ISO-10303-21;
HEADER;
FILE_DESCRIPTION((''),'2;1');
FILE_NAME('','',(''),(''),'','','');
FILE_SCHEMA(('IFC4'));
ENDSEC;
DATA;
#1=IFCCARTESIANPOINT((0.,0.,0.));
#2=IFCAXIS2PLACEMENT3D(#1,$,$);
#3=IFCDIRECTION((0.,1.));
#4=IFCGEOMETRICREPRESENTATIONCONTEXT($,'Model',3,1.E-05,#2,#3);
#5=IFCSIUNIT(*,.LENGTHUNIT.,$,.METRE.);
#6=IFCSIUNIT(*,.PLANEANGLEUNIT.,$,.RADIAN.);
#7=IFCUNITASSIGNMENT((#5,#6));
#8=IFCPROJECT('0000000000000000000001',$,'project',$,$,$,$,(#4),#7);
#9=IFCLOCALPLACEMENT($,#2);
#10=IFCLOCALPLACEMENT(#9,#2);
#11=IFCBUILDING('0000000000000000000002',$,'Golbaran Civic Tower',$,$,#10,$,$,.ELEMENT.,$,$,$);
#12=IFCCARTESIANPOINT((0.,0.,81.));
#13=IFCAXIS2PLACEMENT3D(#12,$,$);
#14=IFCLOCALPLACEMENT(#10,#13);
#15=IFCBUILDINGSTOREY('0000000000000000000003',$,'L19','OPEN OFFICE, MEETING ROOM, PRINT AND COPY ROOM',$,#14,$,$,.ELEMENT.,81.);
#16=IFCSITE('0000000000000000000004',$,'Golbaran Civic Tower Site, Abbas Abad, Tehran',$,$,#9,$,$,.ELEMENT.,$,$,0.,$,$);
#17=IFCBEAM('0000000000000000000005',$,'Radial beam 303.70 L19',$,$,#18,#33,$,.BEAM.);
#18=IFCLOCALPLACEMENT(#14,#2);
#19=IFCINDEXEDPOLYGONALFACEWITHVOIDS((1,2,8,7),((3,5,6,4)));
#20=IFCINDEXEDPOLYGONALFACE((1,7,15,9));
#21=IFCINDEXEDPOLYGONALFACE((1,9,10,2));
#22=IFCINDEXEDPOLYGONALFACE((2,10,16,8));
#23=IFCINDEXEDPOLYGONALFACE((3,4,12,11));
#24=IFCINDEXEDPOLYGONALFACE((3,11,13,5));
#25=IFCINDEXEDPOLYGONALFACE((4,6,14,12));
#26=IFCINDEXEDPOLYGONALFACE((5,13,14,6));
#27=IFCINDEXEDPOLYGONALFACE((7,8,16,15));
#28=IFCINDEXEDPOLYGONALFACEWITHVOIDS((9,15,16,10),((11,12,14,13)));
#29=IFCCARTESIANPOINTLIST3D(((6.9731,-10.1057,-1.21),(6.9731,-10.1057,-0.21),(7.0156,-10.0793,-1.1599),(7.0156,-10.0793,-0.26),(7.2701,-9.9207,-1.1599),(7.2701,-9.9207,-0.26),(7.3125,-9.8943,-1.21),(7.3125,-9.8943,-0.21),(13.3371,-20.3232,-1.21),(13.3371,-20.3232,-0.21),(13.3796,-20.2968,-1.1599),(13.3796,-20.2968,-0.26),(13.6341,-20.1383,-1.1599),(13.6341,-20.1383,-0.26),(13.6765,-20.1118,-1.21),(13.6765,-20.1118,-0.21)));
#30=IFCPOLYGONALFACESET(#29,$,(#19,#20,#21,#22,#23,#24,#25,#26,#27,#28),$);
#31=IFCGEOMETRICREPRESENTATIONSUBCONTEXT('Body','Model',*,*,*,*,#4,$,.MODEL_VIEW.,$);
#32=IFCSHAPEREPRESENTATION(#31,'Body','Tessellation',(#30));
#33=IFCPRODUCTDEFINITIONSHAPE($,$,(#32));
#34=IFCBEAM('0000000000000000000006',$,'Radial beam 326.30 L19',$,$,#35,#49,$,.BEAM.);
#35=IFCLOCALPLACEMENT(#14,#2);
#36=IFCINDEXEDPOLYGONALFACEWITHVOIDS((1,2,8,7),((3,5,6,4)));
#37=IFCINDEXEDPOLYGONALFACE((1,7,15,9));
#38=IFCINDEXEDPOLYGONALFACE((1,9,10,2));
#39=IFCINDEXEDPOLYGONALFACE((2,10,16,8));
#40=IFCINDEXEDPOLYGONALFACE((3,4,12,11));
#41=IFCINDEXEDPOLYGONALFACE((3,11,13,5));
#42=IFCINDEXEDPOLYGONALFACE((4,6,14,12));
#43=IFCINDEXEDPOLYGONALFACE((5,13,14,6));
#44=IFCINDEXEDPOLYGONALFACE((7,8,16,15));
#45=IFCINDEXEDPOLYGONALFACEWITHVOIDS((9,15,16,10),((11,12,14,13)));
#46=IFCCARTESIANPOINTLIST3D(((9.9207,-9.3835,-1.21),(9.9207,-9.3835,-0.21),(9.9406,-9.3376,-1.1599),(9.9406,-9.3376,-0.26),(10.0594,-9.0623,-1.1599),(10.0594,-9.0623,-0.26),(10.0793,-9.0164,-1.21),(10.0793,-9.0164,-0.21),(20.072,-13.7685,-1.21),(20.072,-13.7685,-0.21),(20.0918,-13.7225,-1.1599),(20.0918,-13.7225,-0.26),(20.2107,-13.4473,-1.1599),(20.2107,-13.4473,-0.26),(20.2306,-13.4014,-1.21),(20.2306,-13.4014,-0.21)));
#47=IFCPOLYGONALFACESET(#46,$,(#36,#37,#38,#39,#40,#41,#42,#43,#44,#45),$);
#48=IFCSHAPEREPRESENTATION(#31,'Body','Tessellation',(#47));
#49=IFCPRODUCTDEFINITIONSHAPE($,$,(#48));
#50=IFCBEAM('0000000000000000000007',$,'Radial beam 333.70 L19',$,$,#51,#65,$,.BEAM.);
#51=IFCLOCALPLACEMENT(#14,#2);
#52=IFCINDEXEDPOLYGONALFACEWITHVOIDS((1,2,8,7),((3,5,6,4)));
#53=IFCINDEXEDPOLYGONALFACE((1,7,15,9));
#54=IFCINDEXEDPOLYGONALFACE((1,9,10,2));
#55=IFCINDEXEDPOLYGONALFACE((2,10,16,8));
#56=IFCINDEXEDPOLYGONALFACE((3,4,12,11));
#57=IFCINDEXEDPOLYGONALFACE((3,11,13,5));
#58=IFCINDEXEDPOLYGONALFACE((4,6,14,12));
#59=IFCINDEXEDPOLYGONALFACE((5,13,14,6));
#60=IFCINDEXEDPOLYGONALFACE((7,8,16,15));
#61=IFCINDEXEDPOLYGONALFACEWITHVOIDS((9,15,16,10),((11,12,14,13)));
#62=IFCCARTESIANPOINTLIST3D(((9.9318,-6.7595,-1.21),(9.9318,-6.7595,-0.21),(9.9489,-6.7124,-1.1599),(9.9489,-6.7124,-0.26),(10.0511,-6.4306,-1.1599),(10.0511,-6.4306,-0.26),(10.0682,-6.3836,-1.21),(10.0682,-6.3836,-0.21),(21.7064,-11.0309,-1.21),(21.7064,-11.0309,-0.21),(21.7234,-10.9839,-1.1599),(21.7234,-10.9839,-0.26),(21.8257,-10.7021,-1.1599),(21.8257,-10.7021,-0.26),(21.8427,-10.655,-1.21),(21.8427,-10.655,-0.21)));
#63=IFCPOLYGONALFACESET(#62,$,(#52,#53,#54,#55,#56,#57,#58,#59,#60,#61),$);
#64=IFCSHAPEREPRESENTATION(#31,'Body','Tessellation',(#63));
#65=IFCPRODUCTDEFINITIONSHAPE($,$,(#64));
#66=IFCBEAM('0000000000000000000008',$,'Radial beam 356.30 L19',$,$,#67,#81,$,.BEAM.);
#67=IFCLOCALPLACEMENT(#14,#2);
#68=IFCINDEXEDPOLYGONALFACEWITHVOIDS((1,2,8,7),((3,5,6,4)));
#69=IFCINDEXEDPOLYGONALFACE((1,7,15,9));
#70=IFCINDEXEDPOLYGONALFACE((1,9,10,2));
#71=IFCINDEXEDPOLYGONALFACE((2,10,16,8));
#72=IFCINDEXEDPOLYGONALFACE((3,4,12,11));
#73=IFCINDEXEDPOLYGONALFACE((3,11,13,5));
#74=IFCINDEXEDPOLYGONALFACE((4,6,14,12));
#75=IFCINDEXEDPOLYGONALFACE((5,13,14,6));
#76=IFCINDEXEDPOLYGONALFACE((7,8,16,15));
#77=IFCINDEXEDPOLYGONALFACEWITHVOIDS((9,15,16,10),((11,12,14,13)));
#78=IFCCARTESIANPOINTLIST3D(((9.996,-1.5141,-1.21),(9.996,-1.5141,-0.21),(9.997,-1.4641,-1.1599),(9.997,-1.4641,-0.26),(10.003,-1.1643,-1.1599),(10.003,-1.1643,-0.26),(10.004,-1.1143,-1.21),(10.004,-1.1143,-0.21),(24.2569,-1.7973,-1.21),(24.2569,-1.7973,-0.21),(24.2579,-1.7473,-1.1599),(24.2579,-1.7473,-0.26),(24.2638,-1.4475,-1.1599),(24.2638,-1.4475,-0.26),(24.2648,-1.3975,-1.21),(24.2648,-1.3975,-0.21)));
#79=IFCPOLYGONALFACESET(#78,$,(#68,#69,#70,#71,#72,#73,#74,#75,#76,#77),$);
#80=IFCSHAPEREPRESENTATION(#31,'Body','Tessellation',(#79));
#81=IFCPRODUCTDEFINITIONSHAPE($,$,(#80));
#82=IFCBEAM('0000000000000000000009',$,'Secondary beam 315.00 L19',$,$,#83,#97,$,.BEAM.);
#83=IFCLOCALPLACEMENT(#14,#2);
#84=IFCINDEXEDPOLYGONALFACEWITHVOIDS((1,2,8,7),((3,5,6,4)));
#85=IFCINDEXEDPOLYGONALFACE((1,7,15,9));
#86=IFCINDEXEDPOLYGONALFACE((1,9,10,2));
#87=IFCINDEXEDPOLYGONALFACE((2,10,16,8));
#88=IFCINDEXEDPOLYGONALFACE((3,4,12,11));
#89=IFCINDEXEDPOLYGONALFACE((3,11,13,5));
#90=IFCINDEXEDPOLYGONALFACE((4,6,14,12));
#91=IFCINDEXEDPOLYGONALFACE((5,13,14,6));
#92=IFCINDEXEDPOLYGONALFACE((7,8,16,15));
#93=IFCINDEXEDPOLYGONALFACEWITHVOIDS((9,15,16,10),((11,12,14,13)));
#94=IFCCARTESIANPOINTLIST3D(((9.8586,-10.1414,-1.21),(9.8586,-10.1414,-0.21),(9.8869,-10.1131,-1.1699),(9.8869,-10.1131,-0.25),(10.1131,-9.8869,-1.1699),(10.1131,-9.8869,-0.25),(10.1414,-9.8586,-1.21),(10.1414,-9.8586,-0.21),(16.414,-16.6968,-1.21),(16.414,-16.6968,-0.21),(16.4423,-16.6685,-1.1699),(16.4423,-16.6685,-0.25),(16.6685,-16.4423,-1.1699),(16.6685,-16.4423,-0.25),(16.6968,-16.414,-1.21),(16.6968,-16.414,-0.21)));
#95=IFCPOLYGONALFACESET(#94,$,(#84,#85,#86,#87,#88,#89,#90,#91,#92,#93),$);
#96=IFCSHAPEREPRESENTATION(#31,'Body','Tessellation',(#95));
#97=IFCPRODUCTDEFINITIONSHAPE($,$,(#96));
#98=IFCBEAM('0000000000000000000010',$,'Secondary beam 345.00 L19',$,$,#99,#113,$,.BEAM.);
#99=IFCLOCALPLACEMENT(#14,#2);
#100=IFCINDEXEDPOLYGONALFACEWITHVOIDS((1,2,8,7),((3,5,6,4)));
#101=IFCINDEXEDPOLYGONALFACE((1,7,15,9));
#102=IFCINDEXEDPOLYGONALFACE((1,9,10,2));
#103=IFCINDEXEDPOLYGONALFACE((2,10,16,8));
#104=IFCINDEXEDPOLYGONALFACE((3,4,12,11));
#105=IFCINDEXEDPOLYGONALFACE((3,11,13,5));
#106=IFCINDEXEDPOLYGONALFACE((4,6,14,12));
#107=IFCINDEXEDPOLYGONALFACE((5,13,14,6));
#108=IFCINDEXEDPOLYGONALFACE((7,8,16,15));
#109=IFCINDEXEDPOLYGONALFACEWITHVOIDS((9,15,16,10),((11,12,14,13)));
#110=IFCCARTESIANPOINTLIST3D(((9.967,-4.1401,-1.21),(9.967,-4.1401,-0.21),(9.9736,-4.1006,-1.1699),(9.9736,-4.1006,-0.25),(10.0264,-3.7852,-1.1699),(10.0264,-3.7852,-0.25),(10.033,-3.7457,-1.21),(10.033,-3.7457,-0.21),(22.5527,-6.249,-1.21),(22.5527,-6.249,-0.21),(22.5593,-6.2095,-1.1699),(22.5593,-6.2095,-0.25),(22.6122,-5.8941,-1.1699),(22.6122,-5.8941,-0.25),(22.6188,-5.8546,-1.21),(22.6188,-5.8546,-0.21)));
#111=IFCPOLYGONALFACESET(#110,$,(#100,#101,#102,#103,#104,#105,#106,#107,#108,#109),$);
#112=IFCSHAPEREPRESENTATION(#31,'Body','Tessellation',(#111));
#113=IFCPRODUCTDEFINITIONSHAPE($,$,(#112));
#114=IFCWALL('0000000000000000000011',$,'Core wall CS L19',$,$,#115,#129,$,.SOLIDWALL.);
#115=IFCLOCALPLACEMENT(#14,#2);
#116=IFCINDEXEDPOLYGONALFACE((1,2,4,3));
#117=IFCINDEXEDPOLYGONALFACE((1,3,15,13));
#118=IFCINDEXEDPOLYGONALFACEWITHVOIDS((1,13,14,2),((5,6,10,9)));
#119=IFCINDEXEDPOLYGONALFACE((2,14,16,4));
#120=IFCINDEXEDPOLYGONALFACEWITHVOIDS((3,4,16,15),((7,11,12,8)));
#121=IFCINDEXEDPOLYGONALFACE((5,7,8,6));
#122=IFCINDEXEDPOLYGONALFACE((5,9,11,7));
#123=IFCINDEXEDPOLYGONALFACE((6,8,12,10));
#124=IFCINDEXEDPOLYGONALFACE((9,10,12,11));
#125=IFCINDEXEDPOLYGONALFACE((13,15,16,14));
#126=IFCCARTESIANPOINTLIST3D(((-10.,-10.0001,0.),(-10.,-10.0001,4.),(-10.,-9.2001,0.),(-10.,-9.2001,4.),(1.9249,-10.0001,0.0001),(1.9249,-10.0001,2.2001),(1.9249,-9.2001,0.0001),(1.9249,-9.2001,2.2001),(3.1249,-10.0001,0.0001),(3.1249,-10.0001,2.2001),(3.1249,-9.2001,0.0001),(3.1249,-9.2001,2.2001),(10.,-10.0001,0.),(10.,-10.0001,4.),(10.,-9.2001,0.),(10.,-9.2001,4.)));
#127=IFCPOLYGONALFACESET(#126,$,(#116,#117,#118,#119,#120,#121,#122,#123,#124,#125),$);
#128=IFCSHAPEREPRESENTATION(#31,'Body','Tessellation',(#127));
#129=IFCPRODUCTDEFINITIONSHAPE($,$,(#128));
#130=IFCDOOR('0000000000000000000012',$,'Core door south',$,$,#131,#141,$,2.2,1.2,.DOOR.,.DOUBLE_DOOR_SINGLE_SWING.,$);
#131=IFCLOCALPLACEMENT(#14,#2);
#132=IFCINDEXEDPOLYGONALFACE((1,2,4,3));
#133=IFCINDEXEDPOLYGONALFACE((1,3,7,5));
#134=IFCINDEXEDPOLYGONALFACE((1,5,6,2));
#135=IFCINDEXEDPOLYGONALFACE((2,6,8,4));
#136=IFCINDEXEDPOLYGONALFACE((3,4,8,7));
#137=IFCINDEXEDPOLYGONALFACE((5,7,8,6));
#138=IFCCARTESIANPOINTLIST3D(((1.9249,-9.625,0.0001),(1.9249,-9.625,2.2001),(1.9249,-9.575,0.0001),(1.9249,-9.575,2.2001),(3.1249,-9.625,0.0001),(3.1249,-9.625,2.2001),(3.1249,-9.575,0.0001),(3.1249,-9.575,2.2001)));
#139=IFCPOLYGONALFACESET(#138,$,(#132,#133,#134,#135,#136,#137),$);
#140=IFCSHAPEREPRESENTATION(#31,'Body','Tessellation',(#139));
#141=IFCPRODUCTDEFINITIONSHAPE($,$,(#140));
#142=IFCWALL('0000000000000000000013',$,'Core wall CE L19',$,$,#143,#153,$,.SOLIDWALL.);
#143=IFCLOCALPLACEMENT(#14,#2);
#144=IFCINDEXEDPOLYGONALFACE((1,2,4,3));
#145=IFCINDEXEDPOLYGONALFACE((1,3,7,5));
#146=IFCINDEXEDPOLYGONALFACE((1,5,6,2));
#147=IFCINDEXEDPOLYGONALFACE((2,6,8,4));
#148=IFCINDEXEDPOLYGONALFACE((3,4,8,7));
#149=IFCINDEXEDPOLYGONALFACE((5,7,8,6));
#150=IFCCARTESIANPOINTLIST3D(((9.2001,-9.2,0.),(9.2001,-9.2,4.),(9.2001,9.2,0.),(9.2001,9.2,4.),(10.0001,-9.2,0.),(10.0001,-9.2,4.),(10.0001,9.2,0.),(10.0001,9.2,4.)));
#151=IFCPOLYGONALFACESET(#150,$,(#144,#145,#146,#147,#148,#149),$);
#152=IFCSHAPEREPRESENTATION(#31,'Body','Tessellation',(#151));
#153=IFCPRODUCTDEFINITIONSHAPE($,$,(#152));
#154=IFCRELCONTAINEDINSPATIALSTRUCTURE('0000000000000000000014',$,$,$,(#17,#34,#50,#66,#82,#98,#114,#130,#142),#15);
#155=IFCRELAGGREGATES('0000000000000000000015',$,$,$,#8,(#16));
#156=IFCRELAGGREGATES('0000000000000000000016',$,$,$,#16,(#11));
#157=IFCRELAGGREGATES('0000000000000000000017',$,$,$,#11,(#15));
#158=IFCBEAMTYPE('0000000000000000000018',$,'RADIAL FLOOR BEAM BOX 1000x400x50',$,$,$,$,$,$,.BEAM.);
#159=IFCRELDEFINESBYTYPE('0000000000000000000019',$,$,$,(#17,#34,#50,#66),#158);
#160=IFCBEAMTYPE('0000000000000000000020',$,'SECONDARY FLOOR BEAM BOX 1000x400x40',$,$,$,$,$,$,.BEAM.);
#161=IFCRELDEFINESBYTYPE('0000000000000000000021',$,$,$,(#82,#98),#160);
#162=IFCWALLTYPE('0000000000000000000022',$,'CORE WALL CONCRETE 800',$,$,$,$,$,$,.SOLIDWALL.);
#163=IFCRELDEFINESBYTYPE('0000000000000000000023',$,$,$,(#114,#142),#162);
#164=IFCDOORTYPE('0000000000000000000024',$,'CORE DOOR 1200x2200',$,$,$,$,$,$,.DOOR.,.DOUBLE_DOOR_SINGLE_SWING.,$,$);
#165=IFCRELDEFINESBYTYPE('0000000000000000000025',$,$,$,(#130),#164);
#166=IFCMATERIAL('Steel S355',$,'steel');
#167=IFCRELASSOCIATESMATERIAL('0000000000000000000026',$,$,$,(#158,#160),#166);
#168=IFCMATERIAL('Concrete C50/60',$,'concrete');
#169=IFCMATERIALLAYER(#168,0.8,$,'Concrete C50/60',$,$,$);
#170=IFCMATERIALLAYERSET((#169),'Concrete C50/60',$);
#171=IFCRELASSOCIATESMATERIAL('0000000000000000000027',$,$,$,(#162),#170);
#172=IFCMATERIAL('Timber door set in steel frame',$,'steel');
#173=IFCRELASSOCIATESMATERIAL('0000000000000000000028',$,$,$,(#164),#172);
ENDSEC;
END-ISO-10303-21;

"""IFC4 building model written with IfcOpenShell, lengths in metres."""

from ifc_helpers import new_model, si_unit, direction, frame, frame_2d, origin, origin_2d, place, context, subcontext, project, spatial, rectangle, hollow_rectangle, extrude, material, layer, layer_set, material_profile, profile_set, type_object, element, fill, save


model = new_model("IFC4")

# Units and contexts
model_context = context("Model", 3, precision=1e-05, world=origin(), true_north=direction((0.0, 1.0)))
body_context = subcontext(model_context, "Body", "Model", "MODEL_VIEW")
ifc_project = project(units=[si_unit("LENGTHUNIT", "METRE"), si_unit("PLANEANGLEUNIT", "RADIAN")], contexts=[model_context])

# Site, building, storey
site_placement = place(None, origin())
site = spatial("IfcSite", under=ifc_project, at=site_placement, Name="Golbaran Civic Tower Site, Abbas Abad, Tehran", CompositionType="ELEMENT", RefElevation=0.0)
building_placement = place(site_placement, origin())
building = spatial("IfcBuilding", under=site, at=building_placement, Name="Golbaran Civic Tower", CompositionType="ELEMENT")
storey_placement = place(building_placement, frame((0.0, 0.0, 81.0)))
storey = spatial("IfcBuildingStorey", under=building, at=storey_placement, Name="L19", Description="OPEN OFFICE, MEETING ROOM, PRINT AND COPY ROOM", CompositionType="ELEMENT", Elevation=81.0)

# Beams
ifc_material_1 = material(Name="Steel S355", Category="steel")
ifc_material_profile_1 = material_profile(ifc_material_1, hollow_rectangle(XDim=0.3999, YDim=1.0, WallThickness=0.05, at=origin_2d()), Name="BOX 1000x400x50")
ifc_profile_set_1 = profile_set([ifc_material_profile_1], Name="Steel S355")
beam_type_1 = type_object("IfcBeamType", Name="RADIAL FLOOR BEAM BOX 1000x400x50", PredefinedType="BEAM", material=ifc_profile_set_1)
beam_1_placement = place(storey_placement, frame((7.1428, -10.0, -0.71), z_axis=(0.528688, -0.848817, 0.0), x_axis=(0.848817, 0.528688, 0.0)))
element("IfcBeam", 1, at=beam_1_placement, inside=storey, type_object=beam_type_1, Name="Radial beam 303.70 L19", PredefinedType="BEAM", context=body_context, shape_type="SweptSolid", body=[
    extrude(hollow_rectangle(XDim=0.3999, YDim=1.0, WallThickness=0.05, at=origin_2d()), origin(), (0.0, 0.0, 1.0), 12.0374),
])
beam_2_placement = place(storey_placement, frame((10.0, -9.2, -0.71), z_axis=(0.918014, -0.396548, 0.0), x_axis=(0.396548, 0.918014, 0.0)))
element("IfcBeam", 2, at=beam_2_placement, inside=storey, type_object=beam_type_1, Name="Radial beam 326.30 L19", PredefinedType="BEAM", context=body_context, shape_type="SweptSolid", body=[
    extrude(hollow_rectangle(XDim=0.3999, YDim=1.0, WallThickness=0.05, at=origin_2d()), origin(), (0.0, 0.0, 1.0), 11.0579),
])
beam_3_placement = place(storey_placement, frame((10.0, -6.5715, -0.71), z_axis=(0.940055, -0.341023, 0.0), x_axis=(0.341023, 0.940055, 0.0)))
element("IfcBeam", 3, at=beam_3_placement, inside=storey, type_object=beam_type_1, Name="Radial beam 333.70 L19", PredefinedType="BEAM", context=body_context, shape_type="SweptSolid", body=[
    extrude(hollow_rectangle(XDim=0.3999, YDim=1.0, WallThickness=0.05, at=origin_2d()), origin(), (0.0, 0.0, 1.0), 12.5254),
])
beam_4_placement = place(storey_placement, frame((10.0, -1.3142, -0.71), z_axis=(0.999803, -0.019855, 0.0), x_axis=(0.019855, 0.999803, 0.0)))
element("IfcBeam", 4, at=beam_4_placement, inside=storey, type_object=beam_type_1, Name="Radial beam 356.30 L19", PredefinedType="BEAM", context=body_context, shape_type="SweptSolid", body=[
    extrude(hollow_rectangle(XDim=0.3999, YDim=1.0, WallThickness=0.05, at=origin_2d()), origin(), (0.0, 0.0, 1.0), 14.2637),
])
ifc_material_profile_2 = material_profile(ifc_material_1, hollow_rectangle(XDim=0.3999, YDim=1.0, WallThickness=0.04, at=origin_2d()), Name="BOX 1000x400x40")
ifc_profile_set_2 = profile_set([ifc_material_profile_2], Name="Steel S355")
beam_type_2 = type_object("IfcBeamType", Name="SECONDARY FLOOR BEAM BOX 1000x400x40", PredefinedType="BEAM", material=ifc_profile_set_2)
beam_5_placement = place(storey_placement, frame((10.0, -10.0, -0.71), z_axis=(0.707107, -0.707107, 0.0), x_axis=(0.707107, 0.707107, 0.0)))
element("IfcBeam", 5, at=beam_5_placement, inside=storey, type_object=beam_type_2, Name="Secondary beam 315.00 L19", PredefinedType="BEAM", context=body_context, shape_type="SweptSolid", body=[
    extrude(hollow_rectangle(XDim=0.3999, YDim=1.0, WallThickness=0.04, at=origin_2d()), origin(), (0.0, 0.0, 1.0), 9.2708),
])
beam_6_placement = place(storey_placement, frame((10.0, -3.9429, -0.71), z_axis=(0.98625, -0.165258, 0.0), x_axis=(0.165258, 0.98625, 0.0)))
element("IfcBeam", 6, at=beam_6_placement, inside=storey, type_object=beam_type_2, Name="Secondary beam 345.00 L19", PredefinedType="BEAM", context=body_context, shape_type="SweptSolid", body=[
    extrude(hollow_rectangle(XDim=0.3999, YDim=1.0, WallThickness=0.04, at=origin_2d()), origin(), (0.0, 0.0, 1.0), 12.7612),
])

# Wall, opening, door
ifc_material_2 = material(Name="Concrete C50/60", Category="concrete")
ifc_layer_1 = layer(ifc_material_2, 0.8, Name="Concrete C50/60")
ifc_layer_set_1 = layer_set([ifc_layer_1], Name="Concrete C50/60")
wall_type_1 = type_object("IfcWallType", Name="CORE WALL CONCRETE 800", PredefinedType="SOLIDWALL", material=ifc_layer_set_1)
wall_1_placement = place(storey_placement, frame((10.0, -9.6001, 0.0), z_axis=(0.0, 0.0, 1.0), x_axis=(-1.0, 0.0, 0.0)))
wall_1 = element("IfcWall", 7, at=wall_1_placement, inside=storey, type_object=wall_type_1, Name="Core wall CS L19", PredefinedType="SOLIDWALL", context=body_context, shape_type="SweptSolid", body=[
    extrude(rectangle(XDim=20.0, YDim=0.8, at=frame_2d((10.0, 0.0))), origin(), (0.0, 0.0, 1.0), 4.0),
])
opening_1_placement = place(wall_1_placement, frame((6.875, 0.0, 0.0)))
opening_1 = element("IfcOpeningElement", 8, at=opening_1_placement, cuts=wall_1, PredefinedType="OPENING", context=body_context, shape_type="SweptSolid", body=[
    extrude(rectangle(XDim=1.2, YDim=2.2, at=frame_2d((0.6001, 1.1001))), frame((0.0, 0.4099, 0.0), z_axis=(0.0, -1.0, 0.0), x_axis=(1.0, 0.0, 0.0)), (0.0, 0.0, 1.0), 0.8201),
])
ifc_material_3 = material(Name="Timber door set in steel frame", Category="steel")
door_type_1 = type_object("IfcDoorType", Name="CORE DOOR 1200x2200", OperationType="DOUBLE_DOOR_SINGLE_SWING", PredefinedType="DOOR", material=ifc_material_3)
door_1_placement = place(opening_1_placement, origin())
door_1 = element("IfcDoor", 9, at=door_1_placement, inside=storey, type_object=door_type_1, Name="Core door south", OperationType="DOUBLE_DOOR_SINGLE_SWING", OverallHeight=2.2, OverallWidth=1.2, PredefinedType="DOOR", context=body_context, shape_type="SweptSolid", body=[
    extrude(rectangle(XDim=1.2, YDim=2.2, at=frame_2d((0.6001, 1.1001))), frame((0.0, 0.0249, 0.0), z_axis=(0.0, -1.0, 0.0), x_axis=(1.0, 0.0, 0.0)), (0.0, 0.0, 1.0), 0.05),
])
fill(opening_1, door_1)

# Wall
wall_2_placement = place(storey_placement, frame((9.6001, -9.2, 0.0), z_axis=(0.0, 0.0, 1.0), x_axis=(0.0, 1.0, 0.0)))
element("IfcWall", 10, at=wall_2_placement, inside=storey, type_object=wall_type_1, Name="Core wall CE L19", PredefinedType="SOLIDWALL", context=body_context, shape_type="SweptSolid", body=[
    extrude(rectangle(XDim=18.3999, YDim=0.8, at=frame_2d((9.2, 0.0))), origin(), (0.0, 0.0, 1.0), 4.0),
])

save(model, "model.ifc")
